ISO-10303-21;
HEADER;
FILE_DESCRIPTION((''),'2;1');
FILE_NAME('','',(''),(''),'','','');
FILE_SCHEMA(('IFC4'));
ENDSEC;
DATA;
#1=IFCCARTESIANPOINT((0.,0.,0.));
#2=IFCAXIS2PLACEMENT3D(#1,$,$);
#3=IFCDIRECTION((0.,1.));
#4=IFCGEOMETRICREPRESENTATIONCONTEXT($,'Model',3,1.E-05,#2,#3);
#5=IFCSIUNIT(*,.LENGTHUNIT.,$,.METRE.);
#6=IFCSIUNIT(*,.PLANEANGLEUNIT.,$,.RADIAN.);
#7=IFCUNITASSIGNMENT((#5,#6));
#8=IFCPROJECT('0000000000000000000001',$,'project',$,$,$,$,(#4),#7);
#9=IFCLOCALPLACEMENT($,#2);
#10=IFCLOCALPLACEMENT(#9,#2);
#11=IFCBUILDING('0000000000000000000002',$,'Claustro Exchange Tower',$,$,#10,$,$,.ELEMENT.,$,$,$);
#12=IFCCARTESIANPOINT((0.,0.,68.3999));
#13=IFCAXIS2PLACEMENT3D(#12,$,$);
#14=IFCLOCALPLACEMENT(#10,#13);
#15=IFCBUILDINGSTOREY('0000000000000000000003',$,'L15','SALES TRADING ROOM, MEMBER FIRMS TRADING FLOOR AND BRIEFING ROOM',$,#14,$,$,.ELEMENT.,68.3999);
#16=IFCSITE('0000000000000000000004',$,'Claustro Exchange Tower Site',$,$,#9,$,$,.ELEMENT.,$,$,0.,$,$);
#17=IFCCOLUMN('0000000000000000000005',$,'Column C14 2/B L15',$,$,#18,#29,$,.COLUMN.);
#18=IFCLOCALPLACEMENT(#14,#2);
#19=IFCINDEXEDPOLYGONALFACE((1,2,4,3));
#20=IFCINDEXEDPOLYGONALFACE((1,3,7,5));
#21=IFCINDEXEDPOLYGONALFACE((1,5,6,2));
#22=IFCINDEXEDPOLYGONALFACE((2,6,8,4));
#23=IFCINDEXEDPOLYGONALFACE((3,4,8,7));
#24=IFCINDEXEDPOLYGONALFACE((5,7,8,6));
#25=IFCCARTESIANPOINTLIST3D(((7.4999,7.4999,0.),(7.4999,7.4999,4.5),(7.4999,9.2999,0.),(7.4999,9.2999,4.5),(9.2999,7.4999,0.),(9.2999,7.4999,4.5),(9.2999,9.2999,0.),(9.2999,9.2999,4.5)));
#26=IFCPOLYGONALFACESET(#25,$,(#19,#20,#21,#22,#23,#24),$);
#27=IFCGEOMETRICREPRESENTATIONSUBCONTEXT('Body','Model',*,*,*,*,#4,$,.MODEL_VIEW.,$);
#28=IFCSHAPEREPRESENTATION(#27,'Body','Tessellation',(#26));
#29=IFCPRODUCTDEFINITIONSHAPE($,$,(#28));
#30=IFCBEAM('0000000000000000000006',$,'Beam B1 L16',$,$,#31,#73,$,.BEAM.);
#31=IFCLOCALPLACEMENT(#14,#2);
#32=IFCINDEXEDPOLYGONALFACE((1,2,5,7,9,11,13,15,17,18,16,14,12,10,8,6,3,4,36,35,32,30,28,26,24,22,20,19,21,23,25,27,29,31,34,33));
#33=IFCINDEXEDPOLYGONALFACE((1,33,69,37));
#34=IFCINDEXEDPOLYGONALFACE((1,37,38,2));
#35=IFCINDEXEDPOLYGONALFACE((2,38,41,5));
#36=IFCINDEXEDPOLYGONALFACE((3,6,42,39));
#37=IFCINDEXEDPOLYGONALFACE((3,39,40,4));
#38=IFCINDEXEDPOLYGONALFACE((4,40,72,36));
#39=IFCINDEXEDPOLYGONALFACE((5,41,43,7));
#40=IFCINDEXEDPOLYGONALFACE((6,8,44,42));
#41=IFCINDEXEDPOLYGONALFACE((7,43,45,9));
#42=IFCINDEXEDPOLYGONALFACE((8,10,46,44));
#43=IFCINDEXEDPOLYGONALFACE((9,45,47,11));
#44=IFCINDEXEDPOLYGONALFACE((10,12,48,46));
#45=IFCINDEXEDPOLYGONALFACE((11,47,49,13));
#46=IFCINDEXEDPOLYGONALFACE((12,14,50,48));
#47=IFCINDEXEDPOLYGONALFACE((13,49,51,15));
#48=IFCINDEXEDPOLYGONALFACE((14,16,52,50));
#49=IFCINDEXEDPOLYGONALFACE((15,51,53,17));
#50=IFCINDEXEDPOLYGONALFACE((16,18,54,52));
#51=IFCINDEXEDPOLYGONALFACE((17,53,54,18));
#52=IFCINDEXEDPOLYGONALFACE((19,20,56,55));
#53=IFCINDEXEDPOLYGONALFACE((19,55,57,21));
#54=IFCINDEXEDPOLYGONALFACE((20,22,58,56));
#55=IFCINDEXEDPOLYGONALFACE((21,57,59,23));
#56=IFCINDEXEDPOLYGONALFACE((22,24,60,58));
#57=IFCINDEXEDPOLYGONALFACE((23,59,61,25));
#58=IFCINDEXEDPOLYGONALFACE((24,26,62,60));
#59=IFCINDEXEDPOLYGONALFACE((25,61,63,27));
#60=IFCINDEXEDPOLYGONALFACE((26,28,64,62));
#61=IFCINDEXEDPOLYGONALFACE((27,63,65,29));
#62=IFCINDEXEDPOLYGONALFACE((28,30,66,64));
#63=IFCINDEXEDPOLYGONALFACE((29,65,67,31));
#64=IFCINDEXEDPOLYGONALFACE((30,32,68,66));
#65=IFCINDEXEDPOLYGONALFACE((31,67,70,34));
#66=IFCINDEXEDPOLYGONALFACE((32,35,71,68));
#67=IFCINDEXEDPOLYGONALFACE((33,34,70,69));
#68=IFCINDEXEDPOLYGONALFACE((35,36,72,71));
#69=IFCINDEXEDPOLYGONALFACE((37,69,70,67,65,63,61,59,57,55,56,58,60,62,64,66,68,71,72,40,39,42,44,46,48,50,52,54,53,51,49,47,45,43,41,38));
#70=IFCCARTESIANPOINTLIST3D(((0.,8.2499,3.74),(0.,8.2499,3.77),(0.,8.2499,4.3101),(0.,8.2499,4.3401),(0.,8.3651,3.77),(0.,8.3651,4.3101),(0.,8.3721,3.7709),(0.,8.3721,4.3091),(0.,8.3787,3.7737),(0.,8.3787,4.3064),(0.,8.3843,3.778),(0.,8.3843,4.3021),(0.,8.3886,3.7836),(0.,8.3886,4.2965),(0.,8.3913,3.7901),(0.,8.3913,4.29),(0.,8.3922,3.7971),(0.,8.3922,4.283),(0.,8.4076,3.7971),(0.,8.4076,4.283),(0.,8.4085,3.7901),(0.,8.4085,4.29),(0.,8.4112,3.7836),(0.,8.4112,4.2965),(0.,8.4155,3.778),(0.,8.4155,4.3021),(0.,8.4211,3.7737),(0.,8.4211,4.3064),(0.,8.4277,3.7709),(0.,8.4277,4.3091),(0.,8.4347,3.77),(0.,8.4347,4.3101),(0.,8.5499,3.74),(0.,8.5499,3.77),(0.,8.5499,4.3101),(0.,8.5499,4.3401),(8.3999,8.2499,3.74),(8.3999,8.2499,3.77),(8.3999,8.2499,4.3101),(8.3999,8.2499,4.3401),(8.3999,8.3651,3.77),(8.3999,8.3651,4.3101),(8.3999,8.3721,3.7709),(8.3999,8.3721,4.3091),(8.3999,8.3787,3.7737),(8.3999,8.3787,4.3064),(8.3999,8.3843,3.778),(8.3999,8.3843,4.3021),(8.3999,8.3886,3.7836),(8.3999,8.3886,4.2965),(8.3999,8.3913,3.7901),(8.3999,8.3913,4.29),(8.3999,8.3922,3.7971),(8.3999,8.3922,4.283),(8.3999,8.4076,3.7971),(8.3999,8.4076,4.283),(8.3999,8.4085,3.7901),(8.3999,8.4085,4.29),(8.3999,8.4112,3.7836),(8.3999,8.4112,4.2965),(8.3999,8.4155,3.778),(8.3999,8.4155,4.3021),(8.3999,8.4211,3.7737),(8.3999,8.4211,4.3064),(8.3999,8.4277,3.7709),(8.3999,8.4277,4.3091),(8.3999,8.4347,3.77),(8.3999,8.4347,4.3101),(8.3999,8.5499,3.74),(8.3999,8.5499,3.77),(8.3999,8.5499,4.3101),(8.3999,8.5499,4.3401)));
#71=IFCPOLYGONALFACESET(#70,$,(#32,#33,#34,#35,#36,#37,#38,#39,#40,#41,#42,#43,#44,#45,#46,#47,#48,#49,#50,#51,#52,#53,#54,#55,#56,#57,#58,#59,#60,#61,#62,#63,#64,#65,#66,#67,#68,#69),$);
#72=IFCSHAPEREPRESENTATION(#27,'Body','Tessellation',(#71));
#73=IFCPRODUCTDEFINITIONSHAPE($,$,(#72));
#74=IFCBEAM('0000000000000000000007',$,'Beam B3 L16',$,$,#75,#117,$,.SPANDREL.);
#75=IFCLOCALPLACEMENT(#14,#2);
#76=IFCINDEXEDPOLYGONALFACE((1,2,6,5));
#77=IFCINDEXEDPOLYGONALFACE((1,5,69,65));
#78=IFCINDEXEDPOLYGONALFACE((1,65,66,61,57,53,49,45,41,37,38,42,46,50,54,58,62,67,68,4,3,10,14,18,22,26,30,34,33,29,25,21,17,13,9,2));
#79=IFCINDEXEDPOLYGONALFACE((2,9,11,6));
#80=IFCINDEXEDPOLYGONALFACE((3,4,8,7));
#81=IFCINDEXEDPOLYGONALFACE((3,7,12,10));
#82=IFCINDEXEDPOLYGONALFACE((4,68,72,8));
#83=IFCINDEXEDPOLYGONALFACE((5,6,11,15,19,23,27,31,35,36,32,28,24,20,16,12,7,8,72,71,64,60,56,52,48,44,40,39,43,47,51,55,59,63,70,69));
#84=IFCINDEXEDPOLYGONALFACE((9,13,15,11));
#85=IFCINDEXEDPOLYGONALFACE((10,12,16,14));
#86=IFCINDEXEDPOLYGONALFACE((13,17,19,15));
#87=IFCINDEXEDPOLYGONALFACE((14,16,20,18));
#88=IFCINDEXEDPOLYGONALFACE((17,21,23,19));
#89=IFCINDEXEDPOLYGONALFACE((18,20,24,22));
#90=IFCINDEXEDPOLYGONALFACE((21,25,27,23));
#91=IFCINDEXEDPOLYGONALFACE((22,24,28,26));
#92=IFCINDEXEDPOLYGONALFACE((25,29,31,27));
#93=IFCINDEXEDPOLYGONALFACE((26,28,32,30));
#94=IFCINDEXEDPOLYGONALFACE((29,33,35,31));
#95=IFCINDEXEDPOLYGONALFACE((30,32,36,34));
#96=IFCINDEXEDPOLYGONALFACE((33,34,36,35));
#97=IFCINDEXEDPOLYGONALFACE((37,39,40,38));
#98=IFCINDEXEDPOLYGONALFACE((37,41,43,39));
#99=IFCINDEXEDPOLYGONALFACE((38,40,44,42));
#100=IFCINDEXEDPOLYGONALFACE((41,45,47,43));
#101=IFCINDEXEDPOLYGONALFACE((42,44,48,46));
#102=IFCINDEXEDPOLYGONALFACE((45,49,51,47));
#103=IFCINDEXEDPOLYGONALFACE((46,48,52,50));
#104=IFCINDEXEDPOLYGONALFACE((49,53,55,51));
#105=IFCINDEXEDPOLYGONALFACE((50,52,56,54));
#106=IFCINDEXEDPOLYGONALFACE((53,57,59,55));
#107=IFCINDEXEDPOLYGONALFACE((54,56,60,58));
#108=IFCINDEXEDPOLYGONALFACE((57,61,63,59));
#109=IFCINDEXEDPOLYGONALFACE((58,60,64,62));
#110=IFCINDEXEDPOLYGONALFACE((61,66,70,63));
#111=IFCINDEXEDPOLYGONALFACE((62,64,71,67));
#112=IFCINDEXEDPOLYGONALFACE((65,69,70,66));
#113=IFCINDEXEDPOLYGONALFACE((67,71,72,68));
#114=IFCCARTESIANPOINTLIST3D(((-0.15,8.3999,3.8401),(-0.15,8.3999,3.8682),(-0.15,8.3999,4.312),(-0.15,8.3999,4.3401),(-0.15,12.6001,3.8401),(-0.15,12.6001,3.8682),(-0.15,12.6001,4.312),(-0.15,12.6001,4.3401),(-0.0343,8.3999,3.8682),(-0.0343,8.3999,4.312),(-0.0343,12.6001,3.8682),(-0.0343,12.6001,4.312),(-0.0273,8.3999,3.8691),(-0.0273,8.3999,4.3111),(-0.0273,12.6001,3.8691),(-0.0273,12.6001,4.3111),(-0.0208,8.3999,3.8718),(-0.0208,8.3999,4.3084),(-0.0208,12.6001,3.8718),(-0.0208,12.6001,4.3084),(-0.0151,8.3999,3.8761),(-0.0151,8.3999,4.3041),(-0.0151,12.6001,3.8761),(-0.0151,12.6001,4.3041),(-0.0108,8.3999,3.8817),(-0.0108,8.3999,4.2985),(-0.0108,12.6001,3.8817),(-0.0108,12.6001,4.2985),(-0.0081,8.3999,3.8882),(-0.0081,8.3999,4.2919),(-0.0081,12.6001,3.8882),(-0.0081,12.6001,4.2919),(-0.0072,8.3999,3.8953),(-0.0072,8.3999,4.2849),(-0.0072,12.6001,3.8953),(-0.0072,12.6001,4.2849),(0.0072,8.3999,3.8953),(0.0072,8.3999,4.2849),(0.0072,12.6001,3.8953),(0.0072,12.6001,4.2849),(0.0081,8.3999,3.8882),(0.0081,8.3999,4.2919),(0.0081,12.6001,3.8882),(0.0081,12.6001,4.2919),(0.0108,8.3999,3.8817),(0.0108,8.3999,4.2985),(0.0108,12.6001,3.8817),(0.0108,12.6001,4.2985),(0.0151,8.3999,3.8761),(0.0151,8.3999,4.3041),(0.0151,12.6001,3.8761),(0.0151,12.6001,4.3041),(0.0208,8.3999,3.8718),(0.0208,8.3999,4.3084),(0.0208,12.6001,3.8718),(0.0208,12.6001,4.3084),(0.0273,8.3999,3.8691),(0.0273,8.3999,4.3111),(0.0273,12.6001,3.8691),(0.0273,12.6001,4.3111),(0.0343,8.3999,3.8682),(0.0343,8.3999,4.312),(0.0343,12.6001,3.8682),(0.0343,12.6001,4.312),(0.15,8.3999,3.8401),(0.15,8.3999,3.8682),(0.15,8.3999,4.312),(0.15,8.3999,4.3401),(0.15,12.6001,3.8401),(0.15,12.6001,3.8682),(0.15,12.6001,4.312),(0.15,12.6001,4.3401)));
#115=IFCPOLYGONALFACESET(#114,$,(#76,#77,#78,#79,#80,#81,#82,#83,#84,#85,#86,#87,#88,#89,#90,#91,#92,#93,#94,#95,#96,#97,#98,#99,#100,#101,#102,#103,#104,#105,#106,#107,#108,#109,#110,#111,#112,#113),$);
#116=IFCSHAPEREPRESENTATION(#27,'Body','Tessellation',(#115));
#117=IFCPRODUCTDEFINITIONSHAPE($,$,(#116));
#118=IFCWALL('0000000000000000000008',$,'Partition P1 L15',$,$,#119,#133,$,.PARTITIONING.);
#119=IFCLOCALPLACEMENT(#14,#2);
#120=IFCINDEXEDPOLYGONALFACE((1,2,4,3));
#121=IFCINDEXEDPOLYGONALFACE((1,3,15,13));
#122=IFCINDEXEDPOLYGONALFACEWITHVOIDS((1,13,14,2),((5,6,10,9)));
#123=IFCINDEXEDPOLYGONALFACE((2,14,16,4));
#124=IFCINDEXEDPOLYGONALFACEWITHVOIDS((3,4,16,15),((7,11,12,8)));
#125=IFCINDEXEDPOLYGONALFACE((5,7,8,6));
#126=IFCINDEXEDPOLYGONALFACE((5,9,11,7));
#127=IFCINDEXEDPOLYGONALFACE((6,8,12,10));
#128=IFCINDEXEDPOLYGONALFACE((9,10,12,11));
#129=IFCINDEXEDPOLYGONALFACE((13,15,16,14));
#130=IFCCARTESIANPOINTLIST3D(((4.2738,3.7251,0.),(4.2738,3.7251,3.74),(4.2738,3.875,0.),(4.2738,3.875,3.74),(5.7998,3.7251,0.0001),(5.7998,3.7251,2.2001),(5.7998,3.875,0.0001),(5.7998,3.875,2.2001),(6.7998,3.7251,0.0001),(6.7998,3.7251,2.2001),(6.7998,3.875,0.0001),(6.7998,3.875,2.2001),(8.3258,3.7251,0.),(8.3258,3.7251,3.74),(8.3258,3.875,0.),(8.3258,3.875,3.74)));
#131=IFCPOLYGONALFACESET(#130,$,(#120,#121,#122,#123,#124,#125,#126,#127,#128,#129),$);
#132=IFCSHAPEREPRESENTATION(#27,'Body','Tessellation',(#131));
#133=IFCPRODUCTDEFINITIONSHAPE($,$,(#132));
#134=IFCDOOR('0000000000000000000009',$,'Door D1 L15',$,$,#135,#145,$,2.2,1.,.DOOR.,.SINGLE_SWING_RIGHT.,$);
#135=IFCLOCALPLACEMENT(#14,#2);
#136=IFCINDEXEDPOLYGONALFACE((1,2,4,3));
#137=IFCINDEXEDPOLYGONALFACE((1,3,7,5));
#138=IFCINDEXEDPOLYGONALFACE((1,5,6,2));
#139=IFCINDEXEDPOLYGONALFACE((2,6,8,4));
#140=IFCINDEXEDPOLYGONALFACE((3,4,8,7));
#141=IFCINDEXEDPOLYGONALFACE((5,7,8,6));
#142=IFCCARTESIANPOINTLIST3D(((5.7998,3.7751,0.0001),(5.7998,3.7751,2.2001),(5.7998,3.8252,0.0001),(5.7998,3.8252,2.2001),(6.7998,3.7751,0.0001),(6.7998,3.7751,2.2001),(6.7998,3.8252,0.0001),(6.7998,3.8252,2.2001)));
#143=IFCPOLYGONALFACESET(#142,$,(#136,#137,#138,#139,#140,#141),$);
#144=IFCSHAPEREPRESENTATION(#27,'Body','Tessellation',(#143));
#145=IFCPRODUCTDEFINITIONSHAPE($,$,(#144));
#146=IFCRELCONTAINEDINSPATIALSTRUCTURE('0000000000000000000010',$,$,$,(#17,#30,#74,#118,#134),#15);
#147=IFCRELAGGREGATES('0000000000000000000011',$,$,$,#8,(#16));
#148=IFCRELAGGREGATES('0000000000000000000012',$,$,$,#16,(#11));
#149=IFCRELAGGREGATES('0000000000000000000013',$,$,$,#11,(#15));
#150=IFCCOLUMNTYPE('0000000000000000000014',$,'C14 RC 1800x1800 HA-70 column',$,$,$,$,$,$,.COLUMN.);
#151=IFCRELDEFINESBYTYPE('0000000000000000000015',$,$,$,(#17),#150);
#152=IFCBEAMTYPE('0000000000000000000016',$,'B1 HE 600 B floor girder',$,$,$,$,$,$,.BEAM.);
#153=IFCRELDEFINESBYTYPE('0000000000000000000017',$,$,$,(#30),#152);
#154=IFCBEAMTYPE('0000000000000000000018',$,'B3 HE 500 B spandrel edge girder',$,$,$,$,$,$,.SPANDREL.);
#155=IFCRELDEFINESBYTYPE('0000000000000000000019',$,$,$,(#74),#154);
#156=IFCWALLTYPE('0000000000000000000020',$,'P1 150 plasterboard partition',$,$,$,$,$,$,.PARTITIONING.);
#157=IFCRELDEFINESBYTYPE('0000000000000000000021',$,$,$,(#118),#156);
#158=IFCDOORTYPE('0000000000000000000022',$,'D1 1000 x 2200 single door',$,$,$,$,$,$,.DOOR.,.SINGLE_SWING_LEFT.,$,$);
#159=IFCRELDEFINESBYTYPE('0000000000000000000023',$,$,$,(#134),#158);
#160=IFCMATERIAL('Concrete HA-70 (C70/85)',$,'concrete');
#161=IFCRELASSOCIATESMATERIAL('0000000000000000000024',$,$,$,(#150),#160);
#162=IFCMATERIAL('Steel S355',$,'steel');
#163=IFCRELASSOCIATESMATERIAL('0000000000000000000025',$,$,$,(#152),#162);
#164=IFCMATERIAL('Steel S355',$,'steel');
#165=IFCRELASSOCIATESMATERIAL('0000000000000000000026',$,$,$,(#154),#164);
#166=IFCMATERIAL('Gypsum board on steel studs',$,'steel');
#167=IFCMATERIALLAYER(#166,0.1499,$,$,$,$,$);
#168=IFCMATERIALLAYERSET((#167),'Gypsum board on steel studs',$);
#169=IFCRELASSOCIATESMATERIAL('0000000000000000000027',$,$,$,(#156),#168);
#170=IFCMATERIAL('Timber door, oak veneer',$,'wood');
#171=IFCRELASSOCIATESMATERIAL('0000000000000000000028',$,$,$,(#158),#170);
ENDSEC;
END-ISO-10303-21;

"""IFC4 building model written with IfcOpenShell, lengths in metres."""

from ifc_helpers import new_model, si_unit, direction, frame, frame_2d, origin, origin_2d, place, context, subcontext, project, spatial, rectangle, i_section, extrude, material, layer, layer_set, material_profile, profile_set, type_object, element, fill, save


model = new_model("IFC4")

# Units and contexts
model_context = context("Model", 3, precision=1e-05, world=origin(), true_north=direction((0.0, 1.0)))
body_context = subcontext(model_context, "Body", "Model", "MODEL_VIEW")
ifc_project = project(units=[si_unit("LENGTHUNIT", "METRE"), si_unit("PLANEANGLEUNIT", "RADIAN")], contexts=[model_context])

# Site, building, storey
site_placement = place(None, origin())
site = spatial("IfcSite", under=ifc_project, at=site_placement, Name="Claustro Exchange Tower Site", CompositionType="ELEMENT", RefElevation=0.0)
building_placement = place(site_placement, origin())
building = spatial("IfcBuilding", under=site, at=building_placement, Name="Claustro Exchange Tower", CompositionType="ELEMENT")
storey_placement = place(building_placement, frame((0.0, 0.0, 68.3999)))
storey = spatial("IfcBuildingStorey", under=building, at=storey_placement, Name="L15", Description="SALES TRADING ROOM, MEMBER FIRMS TRADING FLOOR AND BRIEFING ROOM", CompositionType="ELEMENT", Elevation=68.3999)

# Column
ifc_material_1 = material(Name="Concrete HA-70 (C70/85)", Category="concrete")
ifc_material_profile_1 = material_profile(ifc_material_1, rectangle(XDim=1.8, YDim=1.8, at=origin_2d()), Name="RC 1800x1800")
ifc_profile_set_1 = profile_set([ifc_material_profile_1], Name="Concrete HA-70 (C70/85)")
column_type = type_object("IfcColumnType", Name="C14 RC 1800x1800 HA-70 column", PredefinedType="COLUMN", material=ifc_profile_set_1)
column_placement = place(storey_placement, frame((8.3999, 8.3999, 0.0), z_axis=(0.0, 0.0, 1.0), x_axis=(1.0, 0.0, 0.0)))
element("IfcColumn", 1, at=column_placement, inside=storey, type_object=column_type, Name="Column C14 2/B L15", PredefinedType="COLUMN", context=body_context, shape_type="SweptSolid", body=[
    extrude(rectangle(XDim=1.8, YDim=1.8, at=origin_2d()), origin(), (0.0, 0.0, 1.0), 4.5),
])

# Beams
ifc_material_2 = material(Name="Steel S355", Category="steel")
ifc_material_profile_2 = material_profile(ifc_material_2, i_section(OverallWidth=0.3, OverallDepth=0.6001, WebThickness=0.0154, FlangeThickness=0.03, FilletRadius=0.0271, at=origin_2d()), Name="HE 600 B")
ifc_profile_set_2 = profile_set([ifc_material_profile_2], Name="Steel S355")
beam_type_1 = type_object("IfcBeamType", Name="B1 HE 600 B floor girder", PredefinedType="BEAM", material=ifc_profile_set_2)
beam_1_placement = place(storey_placement, frame((0.0, 8.3999, 4.04), z_axis=(1.0, 0.0, 0.0), x_axis=(0.0, 1.0, 0.0)))
element("IfcBeam", 2, at=beam_1_placement, inside=storey, type_object=beam_type_1, Name="Beam B1 L16", PredefinedType="BEAM", context=body_context, shape_type="SweptSolid", body=[
    extrude(i_section(OverallWidth=0.3, OverallDepth=0.6001, WebThickness=0.0154, FlangeThickness=0.03, FilletRadius=0.0271, at=origin_2d()), origin(), (0.0, 0.0, 1.0), 8.3999),
])
ifc_material_3 = material(Name="Steel S355", Category="steel")
ifc_material_profile_3 = material_profile(ifc_material_3, i_section(OverallWidth=0.3, OverallDepth=0.5, WebThickness=0.0144, FlangeThickness=0.0281, FilletRadius=0.0271, at=origin_2d()), Name="HE 500 B")
ifc_profile_set_3 = profile_set([ifc_material_profile_3], Name="Steel S355")
beam_type_2 = type_object("IfcBeamType", Name="B3 HE 500 B spandrel edge girder", PredefinedType="SPANDREL", material=ifc_profile_set_3)
beam_2_placement = place(storey_placement, frame((0.0, 8.3999, 4.0901), z_axis=(0.0, 1.0, 0.0), x_axis=(-1.0, 0.0, 0.0)))
element("IfcBeam", 3, at=beam_2_placement, inside=storey, type_object=beam_type_2, Name="Beam B3 L16", PredefinedType="SPANDREL", context=body_context, shape_type="SweptSolid", body=[
    extrude(i_section(OverallWidth=0.3, OverallDepth=0.5, WebThickness=0.0144, FlangeThickness=0.0281, FilletRadius=0.0271, at=origin_2d()), origin(), (0.0, 0.0, 1.0), 4.2002),
])

# Wall, opening, door
ifc_material_4 = material(Name="Gypsum board on steel studs", Category="steel")
ifc_layer_1 = layer(ifc_material_4, 0.1499)
ifc_layer_set_1 = layer_set([ifc_layer_1], Name="Gypsum board on steel studs")
wall_type_1 = type_object("IfcWallType", Name="P1 150 plasterboard partition", PredefinedType="PARTITIONING", material=ifc_layer_set_1)
wall_1_placement = place(storey_placement, frame((4.2739, 3.8, 0.0), z_axis=(0.0, 0.0, 1.0), x_axis=(1.0, 0.0, 0.0)))
wall_1 = element("IfcWall", 4, at=wall_1_placement, inside=storey, type_object=wall_type_1, Name="Partition P1 L15", PredefinedType="PARTITIONING", context=body_context, shape_type="SweptSolid", body=[
    extrude(rectangle(XDim=4.052, YDim=0.1499, at=frame_2d((2.0259, 0.0))), origin(), (0.0, 0.0, 1.0), 3.74),
])
opening_1_placement = place(wall_1_placement, frame((1.5259, 0.0, 0.0)))
opening_1 = element("IfcOpeningElement", 5, at=opening_1_placement, cuts=wall_1, PredefinedType="OPENING", context=body_context, shape_type="SweptSolid", body=[
    extrude(rectangle(XDim=1.0, YDim=2.2, at=frame_2d((0.5, 1.1001))), frame((0.0, 0.085, 0.0), z_axis=(0.0, -1.0, 0.0), x_axis=(1.0, 0.0, 0.0)), (0.0, 0.0, 1.0), 0.1699),
])
ifc_material_5 = material(Name="Timber door, oak veneer", Category="wood")
door_type_1 = type_object("IfcDoorType", Name="D1 1000 x 2200 single door", OperationType="SINGLE_SWING_LEFT", PredefinedType="DOOR", material=ifc_material_5)
door_1_placement = place(opening_1_placement, frame((1.0, 0.0, 0.0), z_axis=(0.0, 0.0, 1.0), x_axis=(-1.0, 0.0, 0.0)))
door_1 = element("IfcDoor", 6, at=door_1_placement, inside=storey, type_object=door_type_1, Name="Door D1 L15", OperationType="SINGLE_SWING_RIGHT", OverallHeight=2.2, OverallWidth=1.0, PredefinedType="DOOR", context=body_context, shape_type="SweptSolid", body=[
    extrude(rectangle(XDim=1.0, YDim=2.2, at=frame_2d((0.5, 1.1001))), frame((0.0, 0.0249, 0.0), z_axis=(0.0, -1.0, 0.0), x_axis=(1.0, 0.0, 0.0)), (0.0, 0.0, 1.0), 0.05),
])
fill(opening_1, door_1)

save(model, "model.ifc")
